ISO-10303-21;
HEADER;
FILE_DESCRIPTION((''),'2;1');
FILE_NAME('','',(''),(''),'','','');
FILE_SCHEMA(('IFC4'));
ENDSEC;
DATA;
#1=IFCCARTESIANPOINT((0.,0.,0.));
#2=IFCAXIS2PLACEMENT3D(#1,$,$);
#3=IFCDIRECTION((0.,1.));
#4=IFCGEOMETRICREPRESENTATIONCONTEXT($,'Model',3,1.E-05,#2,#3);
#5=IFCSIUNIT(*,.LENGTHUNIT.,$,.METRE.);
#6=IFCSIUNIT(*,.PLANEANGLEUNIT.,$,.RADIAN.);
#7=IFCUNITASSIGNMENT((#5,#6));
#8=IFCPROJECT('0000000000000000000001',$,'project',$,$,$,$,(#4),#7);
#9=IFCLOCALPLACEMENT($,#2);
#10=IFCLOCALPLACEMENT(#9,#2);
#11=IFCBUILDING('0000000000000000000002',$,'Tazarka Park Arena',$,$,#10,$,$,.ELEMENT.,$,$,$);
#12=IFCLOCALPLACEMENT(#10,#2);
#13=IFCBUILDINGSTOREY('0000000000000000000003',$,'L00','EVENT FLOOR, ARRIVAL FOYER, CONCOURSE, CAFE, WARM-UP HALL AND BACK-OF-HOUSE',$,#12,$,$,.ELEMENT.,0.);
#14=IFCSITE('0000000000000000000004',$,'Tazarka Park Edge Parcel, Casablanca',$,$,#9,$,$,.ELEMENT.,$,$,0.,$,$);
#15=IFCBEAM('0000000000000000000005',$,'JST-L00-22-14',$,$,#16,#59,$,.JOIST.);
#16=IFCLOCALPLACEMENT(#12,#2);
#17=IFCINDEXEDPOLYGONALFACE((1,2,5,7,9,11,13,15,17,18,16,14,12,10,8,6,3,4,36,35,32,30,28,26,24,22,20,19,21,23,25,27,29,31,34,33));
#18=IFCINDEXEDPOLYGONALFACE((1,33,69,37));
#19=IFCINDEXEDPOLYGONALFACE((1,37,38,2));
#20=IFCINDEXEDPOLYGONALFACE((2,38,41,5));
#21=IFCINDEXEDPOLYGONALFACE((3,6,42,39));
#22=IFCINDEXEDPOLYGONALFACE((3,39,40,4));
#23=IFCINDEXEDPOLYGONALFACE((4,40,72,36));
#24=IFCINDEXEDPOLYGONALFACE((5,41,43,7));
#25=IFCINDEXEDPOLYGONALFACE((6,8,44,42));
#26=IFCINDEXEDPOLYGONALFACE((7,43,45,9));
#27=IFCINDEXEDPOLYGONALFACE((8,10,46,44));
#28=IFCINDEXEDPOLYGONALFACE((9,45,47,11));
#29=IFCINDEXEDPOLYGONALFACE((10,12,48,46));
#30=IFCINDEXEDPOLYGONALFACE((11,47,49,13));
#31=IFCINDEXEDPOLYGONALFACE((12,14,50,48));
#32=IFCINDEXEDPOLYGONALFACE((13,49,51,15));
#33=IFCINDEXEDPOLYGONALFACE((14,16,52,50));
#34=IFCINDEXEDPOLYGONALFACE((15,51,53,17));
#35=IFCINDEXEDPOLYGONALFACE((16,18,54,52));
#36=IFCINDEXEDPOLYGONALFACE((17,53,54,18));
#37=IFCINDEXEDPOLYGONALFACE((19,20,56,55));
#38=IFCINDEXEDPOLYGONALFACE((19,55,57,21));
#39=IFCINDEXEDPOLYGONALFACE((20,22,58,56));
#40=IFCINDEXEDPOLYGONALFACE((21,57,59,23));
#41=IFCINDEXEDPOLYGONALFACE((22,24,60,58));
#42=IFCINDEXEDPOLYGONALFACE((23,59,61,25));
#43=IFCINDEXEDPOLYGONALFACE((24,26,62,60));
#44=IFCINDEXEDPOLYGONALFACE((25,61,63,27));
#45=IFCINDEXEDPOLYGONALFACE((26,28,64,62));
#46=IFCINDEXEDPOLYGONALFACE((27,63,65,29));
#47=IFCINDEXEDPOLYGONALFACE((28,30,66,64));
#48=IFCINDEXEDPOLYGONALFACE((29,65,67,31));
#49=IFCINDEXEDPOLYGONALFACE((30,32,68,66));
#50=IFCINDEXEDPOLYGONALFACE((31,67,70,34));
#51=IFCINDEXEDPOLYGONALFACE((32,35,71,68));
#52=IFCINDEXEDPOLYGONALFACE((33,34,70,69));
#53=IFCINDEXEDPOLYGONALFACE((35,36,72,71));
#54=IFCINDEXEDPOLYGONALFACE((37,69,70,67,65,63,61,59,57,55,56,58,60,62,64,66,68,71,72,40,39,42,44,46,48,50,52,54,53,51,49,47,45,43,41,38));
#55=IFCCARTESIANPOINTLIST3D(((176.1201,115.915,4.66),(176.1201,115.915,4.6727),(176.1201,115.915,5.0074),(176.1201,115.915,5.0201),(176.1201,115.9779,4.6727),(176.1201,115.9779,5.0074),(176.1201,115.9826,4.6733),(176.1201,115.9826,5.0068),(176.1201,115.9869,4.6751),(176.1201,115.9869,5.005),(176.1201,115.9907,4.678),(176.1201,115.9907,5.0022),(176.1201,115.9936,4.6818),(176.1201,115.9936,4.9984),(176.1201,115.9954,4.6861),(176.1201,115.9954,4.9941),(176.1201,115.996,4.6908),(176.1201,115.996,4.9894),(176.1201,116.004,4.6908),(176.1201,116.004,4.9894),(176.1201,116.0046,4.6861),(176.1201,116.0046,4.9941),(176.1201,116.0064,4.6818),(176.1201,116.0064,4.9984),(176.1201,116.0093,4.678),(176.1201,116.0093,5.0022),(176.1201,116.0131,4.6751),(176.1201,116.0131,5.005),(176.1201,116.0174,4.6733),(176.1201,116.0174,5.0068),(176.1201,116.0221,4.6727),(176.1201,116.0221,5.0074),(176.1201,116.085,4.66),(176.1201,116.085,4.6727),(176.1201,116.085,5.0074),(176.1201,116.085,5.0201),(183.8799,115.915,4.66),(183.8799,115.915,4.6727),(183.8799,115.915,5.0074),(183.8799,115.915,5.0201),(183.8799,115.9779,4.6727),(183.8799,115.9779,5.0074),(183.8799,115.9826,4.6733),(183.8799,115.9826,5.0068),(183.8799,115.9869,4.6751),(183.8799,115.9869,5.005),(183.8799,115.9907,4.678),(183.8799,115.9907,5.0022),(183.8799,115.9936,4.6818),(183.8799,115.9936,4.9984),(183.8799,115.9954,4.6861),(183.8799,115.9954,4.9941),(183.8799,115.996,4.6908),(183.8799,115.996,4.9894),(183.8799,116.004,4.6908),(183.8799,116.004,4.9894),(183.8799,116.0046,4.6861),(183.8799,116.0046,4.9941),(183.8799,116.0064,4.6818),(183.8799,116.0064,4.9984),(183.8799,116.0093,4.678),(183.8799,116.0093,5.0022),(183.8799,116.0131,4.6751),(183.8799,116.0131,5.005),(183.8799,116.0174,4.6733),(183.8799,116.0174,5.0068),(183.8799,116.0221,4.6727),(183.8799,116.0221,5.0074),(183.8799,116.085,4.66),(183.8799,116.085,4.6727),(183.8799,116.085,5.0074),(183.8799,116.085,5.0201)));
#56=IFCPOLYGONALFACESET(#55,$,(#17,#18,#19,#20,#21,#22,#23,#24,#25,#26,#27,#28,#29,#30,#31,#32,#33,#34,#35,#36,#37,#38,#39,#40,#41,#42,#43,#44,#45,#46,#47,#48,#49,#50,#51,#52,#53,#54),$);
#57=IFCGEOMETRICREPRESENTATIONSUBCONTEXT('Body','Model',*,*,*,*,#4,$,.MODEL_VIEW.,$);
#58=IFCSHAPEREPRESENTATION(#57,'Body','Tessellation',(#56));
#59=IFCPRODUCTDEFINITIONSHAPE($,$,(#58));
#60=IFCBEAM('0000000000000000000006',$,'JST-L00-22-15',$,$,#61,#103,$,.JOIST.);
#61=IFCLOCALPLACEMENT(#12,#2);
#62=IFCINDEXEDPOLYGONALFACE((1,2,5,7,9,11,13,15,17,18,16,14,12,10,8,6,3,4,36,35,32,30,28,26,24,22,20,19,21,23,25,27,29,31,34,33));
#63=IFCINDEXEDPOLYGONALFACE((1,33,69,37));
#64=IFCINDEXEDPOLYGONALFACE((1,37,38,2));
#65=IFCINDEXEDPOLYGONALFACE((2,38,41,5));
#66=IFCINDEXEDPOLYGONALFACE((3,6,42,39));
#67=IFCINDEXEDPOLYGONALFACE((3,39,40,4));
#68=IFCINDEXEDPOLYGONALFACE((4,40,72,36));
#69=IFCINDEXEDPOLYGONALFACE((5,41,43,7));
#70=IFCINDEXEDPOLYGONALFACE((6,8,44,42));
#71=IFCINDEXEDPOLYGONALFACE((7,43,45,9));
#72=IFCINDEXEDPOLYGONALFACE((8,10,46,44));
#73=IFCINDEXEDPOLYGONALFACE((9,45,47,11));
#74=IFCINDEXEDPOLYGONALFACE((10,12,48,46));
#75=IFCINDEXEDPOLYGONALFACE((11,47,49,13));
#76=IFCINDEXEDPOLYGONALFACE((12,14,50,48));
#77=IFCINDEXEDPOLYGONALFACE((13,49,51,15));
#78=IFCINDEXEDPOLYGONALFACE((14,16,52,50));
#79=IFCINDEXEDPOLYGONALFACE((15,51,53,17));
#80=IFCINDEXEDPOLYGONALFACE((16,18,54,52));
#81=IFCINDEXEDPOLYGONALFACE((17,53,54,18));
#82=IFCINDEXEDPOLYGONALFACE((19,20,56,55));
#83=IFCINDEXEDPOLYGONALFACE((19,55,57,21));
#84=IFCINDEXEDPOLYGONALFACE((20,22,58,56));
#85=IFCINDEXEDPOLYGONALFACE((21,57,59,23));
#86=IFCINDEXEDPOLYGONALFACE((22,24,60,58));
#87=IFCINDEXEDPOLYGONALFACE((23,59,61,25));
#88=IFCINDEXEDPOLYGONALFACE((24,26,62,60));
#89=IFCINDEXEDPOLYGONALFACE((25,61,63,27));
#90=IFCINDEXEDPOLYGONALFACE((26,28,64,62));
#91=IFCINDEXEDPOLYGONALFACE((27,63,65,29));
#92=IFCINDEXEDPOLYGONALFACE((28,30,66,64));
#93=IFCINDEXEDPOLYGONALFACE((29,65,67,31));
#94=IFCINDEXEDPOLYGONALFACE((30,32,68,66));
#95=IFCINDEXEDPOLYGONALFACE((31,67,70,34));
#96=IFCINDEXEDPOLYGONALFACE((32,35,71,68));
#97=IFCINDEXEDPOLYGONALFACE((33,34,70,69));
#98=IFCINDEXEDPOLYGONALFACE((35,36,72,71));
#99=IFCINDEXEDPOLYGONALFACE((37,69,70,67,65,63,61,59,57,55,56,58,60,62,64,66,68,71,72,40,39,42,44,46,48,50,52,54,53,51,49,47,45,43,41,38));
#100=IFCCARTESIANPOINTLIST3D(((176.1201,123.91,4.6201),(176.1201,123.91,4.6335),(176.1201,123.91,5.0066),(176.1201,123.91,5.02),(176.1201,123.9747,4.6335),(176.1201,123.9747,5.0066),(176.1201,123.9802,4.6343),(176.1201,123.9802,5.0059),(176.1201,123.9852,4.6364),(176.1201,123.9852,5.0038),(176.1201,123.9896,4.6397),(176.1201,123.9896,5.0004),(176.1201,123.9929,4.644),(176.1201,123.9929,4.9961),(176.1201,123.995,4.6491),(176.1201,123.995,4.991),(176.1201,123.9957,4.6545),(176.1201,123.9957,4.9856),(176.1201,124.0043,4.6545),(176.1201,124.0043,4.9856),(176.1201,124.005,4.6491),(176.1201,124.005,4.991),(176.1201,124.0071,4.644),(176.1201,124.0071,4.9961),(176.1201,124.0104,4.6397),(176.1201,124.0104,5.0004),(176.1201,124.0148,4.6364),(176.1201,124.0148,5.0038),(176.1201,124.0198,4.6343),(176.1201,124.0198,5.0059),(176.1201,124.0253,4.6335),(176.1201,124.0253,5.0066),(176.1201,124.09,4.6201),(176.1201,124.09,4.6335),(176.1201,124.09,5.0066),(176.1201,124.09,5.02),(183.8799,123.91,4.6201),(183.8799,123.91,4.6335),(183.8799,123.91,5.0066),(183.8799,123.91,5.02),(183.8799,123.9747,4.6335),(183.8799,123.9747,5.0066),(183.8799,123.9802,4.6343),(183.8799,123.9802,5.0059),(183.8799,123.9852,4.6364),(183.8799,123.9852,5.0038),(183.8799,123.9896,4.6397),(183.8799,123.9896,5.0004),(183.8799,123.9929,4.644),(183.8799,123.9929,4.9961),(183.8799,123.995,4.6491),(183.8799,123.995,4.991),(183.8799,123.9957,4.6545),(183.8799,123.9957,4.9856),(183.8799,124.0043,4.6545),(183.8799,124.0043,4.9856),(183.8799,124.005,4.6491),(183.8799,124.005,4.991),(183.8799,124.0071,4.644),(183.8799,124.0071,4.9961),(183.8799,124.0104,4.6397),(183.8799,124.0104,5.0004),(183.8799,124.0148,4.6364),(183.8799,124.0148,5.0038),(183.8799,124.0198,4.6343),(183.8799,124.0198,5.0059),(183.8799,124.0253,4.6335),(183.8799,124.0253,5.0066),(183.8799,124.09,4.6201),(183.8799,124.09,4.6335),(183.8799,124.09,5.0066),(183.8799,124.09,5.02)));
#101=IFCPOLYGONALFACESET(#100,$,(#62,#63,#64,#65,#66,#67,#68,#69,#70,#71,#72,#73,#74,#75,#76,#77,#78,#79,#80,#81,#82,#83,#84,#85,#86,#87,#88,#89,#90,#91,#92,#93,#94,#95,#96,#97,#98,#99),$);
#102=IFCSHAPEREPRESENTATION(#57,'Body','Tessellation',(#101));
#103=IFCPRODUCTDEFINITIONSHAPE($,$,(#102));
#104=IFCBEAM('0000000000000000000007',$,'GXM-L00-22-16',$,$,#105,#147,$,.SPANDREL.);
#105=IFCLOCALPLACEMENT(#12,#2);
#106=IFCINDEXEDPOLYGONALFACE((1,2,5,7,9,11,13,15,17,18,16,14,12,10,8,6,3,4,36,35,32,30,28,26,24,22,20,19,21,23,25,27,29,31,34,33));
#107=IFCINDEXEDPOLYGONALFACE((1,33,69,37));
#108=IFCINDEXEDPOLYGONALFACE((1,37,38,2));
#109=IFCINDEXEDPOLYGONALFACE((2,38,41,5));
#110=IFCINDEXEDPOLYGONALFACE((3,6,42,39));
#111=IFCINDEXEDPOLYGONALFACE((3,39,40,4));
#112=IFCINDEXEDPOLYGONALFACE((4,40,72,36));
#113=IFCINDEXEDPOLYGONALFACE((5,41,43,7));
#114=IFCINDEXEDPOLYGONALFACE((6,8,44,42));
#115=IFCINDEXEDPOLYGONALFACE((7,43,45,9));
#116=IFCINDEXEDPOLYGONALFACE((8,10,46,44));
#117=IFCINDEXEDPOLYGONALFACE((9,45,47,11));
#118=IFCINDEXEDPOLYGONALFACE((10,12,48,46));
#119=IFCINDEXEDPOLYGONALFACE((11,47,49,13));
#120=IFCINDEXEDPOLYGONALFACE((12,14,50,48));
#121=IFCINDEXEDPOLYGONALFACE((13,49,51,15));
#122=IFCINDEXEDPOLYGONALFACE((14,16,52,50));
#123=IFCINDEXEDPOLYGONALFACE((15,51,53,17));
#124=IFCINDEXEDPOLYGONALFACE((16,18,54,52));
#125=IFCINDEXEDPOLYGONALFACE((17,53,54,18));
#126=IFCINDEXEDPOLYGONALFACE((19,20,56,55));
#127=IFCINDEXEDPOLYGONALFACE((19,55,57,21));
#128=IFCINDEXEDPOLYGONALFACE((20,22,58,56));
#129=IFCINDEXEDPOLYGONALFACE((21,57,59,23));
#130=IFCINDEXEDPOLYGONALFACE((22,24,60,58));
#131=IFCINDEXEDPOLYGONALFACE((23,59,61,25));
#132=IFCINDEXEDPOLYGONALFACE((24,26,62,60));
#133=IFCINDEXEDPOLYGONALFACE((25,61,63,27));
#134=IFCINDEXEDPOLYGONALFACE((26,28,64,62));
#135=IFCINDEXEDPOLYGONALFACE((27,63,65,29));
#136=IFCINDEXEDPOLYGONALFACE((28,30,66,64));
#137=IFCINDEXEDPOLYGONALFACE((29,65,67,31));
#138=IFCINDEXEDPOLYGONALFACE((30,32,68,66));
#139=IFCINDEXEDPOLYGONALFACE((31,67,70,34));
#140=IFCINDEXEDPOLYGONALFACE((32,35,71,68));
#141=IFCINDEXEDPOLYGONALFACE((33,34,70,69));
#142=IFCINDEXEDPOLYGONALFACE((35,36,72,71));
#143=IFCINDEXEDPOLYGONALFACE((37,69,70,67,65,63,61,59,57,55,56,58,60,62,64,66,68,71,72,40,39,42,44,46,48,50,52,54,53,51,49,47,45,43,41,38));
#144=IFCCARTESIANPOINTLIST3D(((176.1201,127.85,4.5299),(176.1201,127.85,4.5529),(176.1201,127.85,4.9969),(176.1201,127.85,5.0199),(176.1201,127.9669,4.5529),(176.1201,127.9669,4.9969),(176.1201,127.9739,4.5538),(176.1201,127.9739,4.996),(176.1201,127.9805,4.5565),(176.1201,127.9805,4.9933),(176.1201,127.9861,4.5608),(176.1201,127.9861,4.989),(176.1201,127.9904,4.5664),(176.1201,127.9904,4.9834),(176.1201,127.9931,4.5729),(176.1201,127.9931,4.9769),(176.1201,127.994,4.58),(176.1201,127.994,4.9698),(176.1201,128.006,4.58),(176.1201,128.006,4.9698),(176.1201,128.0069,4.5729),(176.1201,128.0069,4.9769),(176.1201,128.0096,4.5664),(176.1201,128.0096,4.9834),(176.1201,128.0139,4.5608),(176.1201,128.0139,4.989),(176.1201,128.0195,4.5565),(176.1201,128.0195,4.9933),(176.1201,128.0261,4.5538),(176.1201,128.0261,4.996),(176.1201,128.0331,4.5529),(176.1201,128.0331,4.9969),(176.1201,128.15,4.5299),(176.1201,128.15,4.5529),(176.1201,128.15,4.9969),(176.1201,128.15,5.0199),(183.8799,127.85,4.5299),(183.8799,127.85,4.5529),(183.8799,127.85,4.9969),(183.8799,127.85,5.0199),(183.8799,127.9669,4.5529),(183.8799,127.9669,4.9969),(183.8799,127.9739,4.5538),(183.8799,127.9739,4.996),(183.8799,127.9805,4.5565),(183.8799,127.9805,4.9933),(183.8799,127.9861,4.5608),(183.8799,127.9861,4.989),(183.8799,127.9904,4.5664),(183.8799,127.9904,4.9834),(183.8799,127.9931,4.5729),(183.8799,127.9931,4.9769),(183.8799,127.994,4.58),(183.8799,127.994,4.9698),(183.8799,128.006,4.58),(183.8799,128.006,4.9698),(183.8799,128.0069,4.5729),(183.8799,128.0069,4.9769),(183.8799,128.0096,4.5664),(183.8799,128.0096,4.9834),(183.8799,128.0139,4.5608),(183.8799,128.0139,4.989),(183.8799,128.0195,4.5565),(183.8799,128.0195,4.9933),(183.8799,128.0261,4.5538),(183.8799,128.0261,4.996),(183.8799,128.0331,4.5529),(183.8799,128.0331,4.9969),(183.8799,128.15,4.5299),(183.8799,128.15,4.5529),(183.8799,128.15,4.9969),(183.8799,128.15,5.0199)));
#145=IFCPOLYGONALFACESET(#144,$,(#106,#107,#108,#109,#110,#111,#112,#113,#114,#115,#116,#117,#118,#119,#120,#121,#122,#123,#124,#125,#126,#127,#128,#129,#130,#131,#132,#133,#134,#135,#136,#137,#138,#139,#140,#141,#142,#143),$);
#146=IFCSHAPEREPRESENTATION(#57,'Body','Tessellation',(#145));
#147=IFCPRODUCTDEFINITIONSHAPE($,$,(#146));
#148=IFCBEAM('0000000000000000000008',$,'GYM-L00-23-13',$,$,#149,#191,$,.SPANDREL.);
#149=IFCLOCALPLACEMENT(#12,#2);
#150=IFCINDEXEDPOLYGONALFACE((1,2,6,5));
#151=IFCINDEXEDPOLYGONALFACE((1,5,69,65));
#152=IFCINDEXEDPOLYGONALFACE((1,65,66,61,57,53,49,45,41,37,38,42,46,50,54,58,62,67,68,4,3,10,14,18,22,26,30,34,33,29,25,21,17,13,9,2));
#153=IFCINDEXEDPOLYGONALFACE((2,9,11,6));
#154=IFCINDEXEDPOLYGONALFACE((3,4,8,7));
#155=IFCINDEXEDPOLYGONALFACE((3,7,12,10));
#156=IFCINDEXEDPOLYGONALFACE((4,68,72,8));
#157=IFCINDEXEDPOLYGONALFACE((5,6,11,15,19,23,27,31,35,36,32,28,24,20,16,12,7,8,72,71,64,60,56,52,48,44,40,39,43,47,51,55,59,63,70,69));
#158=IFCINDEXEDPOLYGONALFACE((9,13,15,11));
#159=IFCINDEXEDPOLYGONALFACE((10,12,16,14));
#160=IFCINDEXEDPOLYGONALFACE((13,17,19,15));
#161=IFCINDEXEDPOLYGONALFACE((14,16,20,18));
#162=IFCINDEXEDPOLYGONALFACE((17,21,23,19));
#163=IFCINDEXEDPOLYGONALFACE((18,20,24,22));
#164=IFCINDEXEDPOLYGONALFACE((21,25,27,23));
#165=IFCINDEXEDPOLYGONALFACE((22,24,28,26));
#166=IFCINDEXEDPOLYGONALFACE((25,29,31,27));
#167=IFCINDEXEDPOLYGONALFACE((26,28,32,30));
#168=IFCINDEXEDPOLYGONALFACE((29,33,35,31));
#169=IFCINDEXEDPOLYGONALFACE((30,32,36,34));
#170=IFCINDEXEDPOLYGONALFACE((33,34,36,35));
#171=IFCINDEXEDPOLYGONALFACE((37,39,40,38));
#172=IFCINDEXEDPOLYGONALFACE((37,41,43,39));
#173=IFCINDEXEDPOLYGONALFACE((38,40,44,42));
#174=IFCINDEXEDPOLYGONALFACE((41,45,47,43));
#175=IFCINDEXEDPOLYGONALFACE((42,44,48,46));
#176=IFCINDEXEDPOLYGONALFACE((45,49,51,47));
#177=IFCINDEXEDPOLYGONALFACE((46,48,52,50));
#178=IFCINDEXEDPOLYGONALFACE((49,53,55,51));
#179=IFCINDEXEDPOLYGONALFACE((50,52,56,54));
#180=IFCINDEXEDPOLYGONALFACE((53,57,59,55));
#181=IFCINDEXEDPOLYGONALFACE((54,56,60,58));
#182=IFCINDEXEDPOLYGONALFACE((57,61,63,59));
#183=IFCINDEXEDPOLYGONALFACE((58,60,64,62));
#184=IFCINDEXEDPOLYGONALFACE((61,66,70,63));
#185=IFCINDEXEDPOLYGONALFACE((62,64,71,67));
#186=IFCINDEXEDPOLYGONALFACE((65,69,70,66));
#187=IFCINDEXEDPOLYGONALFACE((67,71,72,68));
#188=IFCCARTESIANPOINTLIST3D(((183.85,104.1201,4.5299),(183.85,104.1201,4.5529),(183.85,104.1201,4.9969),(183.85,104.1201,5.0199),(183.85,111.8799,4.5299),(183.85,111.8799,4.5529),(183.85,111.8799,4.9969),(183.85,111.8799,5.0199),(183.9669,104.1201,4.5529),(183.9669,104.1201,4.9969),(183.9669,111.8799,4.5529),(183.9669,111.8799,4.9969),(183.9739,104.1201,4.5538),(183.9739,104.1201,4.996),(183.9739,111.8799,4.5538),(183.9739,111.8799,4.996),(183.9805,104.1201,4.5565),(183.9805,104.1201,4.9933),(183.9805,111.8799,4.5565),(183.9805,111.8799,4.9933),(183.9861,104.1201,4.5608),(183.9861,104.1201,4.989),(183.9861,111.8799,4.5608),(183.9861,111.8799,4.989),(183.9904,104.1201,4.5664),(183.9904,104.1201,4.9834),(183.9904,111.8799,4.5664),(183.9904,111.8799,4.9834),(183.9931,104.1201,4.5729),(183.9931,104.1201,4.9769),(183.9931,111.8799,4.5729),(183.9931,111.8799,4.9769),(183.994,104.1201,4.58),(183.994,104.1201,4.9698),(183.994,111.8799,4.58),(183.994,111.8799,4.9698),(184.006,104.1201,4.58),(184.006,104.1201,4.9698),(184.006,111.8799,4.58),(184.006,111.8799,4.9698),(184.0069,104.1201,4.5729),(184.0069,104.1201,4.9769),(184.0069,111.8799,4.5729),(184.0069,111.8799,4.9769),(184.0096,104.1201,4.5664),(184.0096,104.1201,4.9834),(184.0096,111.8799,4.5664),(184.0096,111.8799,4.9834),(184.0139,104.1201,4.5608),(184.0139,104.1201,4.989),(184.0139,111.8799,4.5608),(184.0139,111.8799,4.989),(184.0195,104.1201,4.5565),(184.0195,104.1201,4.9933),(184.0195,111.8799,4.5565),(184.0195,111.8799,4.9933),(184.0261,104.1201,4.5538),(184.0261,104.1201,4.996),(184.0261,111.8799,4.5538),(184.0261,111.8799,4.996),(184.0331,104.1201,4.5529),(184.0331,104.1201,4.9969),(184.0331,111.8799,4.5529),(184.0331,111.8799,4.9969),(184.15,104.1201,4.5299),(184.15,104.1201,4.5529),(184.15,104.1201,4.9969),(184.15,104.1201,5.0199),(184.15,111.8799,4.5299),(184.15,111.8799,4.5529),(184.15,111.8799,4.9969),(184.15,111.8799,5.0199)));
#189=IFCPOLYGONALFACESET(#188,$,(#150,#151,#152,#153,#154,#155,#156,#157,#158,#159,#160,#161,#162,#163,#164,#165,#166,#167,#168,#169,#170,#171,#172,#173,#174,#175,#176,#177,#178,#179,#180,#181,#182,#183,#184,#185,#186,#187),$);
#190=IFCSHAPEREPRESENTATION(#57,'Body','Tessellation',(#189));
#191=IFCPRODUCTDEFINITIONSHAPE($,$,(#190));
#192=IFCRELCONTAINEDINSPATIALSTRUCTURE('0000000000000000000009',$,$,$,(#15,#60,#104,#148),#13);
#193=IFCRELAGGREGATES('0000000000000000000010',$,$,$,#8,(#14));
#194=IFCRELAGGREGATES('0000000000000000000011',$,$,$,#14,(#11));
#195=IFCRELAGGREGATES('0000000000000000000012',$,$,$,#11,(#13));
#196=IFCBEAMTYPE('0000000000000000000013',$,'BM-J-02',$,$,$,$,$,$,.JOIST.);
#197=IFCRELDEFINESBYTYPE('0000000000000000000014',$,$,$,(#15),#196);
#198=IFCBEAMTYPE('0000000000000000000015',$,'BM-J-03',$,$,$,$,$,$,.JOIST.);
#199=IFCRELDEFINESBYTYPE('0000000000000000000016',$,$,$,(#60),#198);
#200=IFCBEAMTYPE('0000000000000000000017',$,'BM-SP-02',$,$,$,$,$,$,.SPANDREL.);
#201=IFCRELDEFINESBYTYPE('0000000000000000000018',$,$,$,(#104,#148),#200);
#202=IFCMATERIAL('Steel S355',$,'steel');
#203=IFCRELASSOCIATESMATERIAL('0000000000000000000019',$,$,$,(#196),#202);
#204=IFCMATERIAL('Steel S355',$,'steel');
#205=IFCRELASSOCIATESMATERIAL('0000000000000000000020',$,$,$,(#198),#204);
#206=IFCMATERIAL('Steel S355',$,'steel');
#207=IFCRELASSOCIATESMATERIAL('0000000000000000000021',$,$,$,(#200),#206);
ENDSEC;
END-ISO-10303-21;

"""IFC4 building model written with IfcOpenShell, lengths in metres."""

from ifc_helpers import new_model, si_unit, direction, frame, origin, origin_2d, place, context, subcontext, project, spatial, i_section, extrude, material, material_profile, profile_set, type_object, element, save


model = new_model("IFC4")

# Units and contexts
model_context = context("Model", 3, precision=1e-05, world=origin(), true_north=direction((0.0, 1.0)))
body_context = subcontext(model_context, "Body", "Model", "MODEL_VIEW")
ifc_project = project(units=[si_unit("LENGTHUNIT", "METRE"), si_unit("PLANEANGLEUNIT", "RADIAN")], contexts=[model_context])

# Site, building, storey
site_placement = place(None, origin())
site = spatial("IfcSite", under=ifc_project, at=site_placement, Name="Tazarka Park Edge Parcel, Casablanca", CompositionType="ELEMENT", RefElevation=0.0)
building_placement = place(site_placement, origin())
building = spatial("IfcBuilding", under=site, at=building_placement, Name="Tazarka Park Arena", CompositionType="ELEMENT")
storey_placement = place(building_placement, origin())
storey = spatial("IfcBuildingStorey", under=building, at=storey_placement, Name="L00", Description="EVENT FLOOR, ARRIVAL FOYER, CONCOURSE, CAFE, WARM-UP HALL AND BACK-OF-HOUSE", CompositionType="ELEMENT", Elevation=0.0)

# Beams
ifc_material_1 = material(Name="Steel S355", Category="steel")
ifc_material_profile_1 = material_profile(ifc_material_1, i_section(OverallWidth=0.1699, OverallDepth=0.3601, WebThickness=0.0081, FlangeThickness=0.0127, FilletRadius=0.0181, at=origin_2d()), Name="Steel S355")
ifc_profile_set_1 = profile_set([ifc_material_profile_1], Name="Steel S355")
beam_type_1 = type_object("IfcBeamType", Name="BM-J-02", PredefinedType="JOIST", material=ifc_profile_set_1)
beam_1_placement = place(storey_placement, frame((176.1201, 116.0, 4.8401), z_axis=(1.0, 0.0, 0.0), x_axis=(0.0, 1.0, 0.0)))
element("IfcBeam", 1, at=beam_1_placement, inside=storey, type_object=beam_type_1, Name="JST-L00-22-14", PredefinedType="JOIST", context=body_context, shape_type="SweptSolid", body=[
    extrude(i_section(OverallWidth=0.1699, OverallDepth=0.3601, WebThickness=0.0081, FlangeThickness=0.0127, FilletRadius=0.0181, at=origin_2d()), origin(), (0.0, 0.0, 1.0), 7.7598),
])
ifc_material_2 = material(Name="Steel S355", Category="steel")
ifc_material_profile_2 = material_profile(ifc_material_2, i_section(OverallWidth=0.1799, OverallDepth=0.3999, WebThickness=0.0085, FlangeThickness=0.0134, FilletRadius=0.021, at=origin_2d()), Name="Steel S355")
ifc_profile_set_2 = profile_set([ifc_material_profile_2], Name="Steel S355")
beam_type_2 = type_object("IfcBeamType", Name="BM-J-03", PredefinedType="JOIST", material=ifc_profile_set_2)
beam_2_placement = place(storey_placement, frame((176.1201, 124.0, 4.8201), z_axis=(1.0, 0.0, 0.0), x_axis=(0.0, 1.0, 0.0)))
element("IfcBeam", 2, at=beam_2_placement, inside=storey, type_object=beam_type_2, Name="JST-L00-22-15", PredefinedType="JOIST", context=body_context, shape_type="SweptSolid", body=[
    extrude(i_section(OverallWidth=0.1799, OverallDepth=0.3999, WebThickness=0.0085, FlangeThickness=0.0134, FilletRadius=0.021, at=origin_2d()), origin(), (0.0, 0.0, 1.0), 7.7598),
])
ifc_material_3 = material(Name="Steel S355", Category="steel")
ifc_material_profile_3 = material_profile(ifc_material_3, i_section(OverallWidth=0.3, OverallDepth=0.49, WebThickness=0.012, FlangeThickness=0.0229, FilletRadius=0.0271, at=origin_2d()), Name="Steel S355")
ifc_profile_set_3 = profile_set([ifc_material_profile_3], Name="Steel S355")
beam_type_3 = type_object("IfcBeamType", Name="BM-SP-02", PredefinedType="SPANDREL", material=ifc_profile_set_3)
for number, where, z_axis, x_axis, name in (
    (3, (176.1201, 128.0, 4.7749), (1.0, 0.0, 0.0), (0.0, 1.0, 0.0), "GXM-L00-22-16"),
    (4, (184.0, 104.1201, 4.7749), (0.0, 1.0, 0.0), (-1.0, 0.0, 0.0), "GYM-L00-23-13"),
):
    element("IfcBeam", number, at=place(storey_placement, frame(where, z_axis=z_axis, x_axis=x_axis)), inside=storey, type_object=beam_type_3, Name=name, PredefinedType="SPANDREL", context=body_context, shape_type="SweptSolid", body=[
        extrude(i_section(OverallWidth=0.3, OverallDepth=0.49, WebThickness=0.012, FlangeThickness=0.0229, FilletRadius=0.0271, at=origin_2d()), origin(), (0.0, 0.0, 1.0), 7.7598),
    ])

save(model, "model.ifc")
